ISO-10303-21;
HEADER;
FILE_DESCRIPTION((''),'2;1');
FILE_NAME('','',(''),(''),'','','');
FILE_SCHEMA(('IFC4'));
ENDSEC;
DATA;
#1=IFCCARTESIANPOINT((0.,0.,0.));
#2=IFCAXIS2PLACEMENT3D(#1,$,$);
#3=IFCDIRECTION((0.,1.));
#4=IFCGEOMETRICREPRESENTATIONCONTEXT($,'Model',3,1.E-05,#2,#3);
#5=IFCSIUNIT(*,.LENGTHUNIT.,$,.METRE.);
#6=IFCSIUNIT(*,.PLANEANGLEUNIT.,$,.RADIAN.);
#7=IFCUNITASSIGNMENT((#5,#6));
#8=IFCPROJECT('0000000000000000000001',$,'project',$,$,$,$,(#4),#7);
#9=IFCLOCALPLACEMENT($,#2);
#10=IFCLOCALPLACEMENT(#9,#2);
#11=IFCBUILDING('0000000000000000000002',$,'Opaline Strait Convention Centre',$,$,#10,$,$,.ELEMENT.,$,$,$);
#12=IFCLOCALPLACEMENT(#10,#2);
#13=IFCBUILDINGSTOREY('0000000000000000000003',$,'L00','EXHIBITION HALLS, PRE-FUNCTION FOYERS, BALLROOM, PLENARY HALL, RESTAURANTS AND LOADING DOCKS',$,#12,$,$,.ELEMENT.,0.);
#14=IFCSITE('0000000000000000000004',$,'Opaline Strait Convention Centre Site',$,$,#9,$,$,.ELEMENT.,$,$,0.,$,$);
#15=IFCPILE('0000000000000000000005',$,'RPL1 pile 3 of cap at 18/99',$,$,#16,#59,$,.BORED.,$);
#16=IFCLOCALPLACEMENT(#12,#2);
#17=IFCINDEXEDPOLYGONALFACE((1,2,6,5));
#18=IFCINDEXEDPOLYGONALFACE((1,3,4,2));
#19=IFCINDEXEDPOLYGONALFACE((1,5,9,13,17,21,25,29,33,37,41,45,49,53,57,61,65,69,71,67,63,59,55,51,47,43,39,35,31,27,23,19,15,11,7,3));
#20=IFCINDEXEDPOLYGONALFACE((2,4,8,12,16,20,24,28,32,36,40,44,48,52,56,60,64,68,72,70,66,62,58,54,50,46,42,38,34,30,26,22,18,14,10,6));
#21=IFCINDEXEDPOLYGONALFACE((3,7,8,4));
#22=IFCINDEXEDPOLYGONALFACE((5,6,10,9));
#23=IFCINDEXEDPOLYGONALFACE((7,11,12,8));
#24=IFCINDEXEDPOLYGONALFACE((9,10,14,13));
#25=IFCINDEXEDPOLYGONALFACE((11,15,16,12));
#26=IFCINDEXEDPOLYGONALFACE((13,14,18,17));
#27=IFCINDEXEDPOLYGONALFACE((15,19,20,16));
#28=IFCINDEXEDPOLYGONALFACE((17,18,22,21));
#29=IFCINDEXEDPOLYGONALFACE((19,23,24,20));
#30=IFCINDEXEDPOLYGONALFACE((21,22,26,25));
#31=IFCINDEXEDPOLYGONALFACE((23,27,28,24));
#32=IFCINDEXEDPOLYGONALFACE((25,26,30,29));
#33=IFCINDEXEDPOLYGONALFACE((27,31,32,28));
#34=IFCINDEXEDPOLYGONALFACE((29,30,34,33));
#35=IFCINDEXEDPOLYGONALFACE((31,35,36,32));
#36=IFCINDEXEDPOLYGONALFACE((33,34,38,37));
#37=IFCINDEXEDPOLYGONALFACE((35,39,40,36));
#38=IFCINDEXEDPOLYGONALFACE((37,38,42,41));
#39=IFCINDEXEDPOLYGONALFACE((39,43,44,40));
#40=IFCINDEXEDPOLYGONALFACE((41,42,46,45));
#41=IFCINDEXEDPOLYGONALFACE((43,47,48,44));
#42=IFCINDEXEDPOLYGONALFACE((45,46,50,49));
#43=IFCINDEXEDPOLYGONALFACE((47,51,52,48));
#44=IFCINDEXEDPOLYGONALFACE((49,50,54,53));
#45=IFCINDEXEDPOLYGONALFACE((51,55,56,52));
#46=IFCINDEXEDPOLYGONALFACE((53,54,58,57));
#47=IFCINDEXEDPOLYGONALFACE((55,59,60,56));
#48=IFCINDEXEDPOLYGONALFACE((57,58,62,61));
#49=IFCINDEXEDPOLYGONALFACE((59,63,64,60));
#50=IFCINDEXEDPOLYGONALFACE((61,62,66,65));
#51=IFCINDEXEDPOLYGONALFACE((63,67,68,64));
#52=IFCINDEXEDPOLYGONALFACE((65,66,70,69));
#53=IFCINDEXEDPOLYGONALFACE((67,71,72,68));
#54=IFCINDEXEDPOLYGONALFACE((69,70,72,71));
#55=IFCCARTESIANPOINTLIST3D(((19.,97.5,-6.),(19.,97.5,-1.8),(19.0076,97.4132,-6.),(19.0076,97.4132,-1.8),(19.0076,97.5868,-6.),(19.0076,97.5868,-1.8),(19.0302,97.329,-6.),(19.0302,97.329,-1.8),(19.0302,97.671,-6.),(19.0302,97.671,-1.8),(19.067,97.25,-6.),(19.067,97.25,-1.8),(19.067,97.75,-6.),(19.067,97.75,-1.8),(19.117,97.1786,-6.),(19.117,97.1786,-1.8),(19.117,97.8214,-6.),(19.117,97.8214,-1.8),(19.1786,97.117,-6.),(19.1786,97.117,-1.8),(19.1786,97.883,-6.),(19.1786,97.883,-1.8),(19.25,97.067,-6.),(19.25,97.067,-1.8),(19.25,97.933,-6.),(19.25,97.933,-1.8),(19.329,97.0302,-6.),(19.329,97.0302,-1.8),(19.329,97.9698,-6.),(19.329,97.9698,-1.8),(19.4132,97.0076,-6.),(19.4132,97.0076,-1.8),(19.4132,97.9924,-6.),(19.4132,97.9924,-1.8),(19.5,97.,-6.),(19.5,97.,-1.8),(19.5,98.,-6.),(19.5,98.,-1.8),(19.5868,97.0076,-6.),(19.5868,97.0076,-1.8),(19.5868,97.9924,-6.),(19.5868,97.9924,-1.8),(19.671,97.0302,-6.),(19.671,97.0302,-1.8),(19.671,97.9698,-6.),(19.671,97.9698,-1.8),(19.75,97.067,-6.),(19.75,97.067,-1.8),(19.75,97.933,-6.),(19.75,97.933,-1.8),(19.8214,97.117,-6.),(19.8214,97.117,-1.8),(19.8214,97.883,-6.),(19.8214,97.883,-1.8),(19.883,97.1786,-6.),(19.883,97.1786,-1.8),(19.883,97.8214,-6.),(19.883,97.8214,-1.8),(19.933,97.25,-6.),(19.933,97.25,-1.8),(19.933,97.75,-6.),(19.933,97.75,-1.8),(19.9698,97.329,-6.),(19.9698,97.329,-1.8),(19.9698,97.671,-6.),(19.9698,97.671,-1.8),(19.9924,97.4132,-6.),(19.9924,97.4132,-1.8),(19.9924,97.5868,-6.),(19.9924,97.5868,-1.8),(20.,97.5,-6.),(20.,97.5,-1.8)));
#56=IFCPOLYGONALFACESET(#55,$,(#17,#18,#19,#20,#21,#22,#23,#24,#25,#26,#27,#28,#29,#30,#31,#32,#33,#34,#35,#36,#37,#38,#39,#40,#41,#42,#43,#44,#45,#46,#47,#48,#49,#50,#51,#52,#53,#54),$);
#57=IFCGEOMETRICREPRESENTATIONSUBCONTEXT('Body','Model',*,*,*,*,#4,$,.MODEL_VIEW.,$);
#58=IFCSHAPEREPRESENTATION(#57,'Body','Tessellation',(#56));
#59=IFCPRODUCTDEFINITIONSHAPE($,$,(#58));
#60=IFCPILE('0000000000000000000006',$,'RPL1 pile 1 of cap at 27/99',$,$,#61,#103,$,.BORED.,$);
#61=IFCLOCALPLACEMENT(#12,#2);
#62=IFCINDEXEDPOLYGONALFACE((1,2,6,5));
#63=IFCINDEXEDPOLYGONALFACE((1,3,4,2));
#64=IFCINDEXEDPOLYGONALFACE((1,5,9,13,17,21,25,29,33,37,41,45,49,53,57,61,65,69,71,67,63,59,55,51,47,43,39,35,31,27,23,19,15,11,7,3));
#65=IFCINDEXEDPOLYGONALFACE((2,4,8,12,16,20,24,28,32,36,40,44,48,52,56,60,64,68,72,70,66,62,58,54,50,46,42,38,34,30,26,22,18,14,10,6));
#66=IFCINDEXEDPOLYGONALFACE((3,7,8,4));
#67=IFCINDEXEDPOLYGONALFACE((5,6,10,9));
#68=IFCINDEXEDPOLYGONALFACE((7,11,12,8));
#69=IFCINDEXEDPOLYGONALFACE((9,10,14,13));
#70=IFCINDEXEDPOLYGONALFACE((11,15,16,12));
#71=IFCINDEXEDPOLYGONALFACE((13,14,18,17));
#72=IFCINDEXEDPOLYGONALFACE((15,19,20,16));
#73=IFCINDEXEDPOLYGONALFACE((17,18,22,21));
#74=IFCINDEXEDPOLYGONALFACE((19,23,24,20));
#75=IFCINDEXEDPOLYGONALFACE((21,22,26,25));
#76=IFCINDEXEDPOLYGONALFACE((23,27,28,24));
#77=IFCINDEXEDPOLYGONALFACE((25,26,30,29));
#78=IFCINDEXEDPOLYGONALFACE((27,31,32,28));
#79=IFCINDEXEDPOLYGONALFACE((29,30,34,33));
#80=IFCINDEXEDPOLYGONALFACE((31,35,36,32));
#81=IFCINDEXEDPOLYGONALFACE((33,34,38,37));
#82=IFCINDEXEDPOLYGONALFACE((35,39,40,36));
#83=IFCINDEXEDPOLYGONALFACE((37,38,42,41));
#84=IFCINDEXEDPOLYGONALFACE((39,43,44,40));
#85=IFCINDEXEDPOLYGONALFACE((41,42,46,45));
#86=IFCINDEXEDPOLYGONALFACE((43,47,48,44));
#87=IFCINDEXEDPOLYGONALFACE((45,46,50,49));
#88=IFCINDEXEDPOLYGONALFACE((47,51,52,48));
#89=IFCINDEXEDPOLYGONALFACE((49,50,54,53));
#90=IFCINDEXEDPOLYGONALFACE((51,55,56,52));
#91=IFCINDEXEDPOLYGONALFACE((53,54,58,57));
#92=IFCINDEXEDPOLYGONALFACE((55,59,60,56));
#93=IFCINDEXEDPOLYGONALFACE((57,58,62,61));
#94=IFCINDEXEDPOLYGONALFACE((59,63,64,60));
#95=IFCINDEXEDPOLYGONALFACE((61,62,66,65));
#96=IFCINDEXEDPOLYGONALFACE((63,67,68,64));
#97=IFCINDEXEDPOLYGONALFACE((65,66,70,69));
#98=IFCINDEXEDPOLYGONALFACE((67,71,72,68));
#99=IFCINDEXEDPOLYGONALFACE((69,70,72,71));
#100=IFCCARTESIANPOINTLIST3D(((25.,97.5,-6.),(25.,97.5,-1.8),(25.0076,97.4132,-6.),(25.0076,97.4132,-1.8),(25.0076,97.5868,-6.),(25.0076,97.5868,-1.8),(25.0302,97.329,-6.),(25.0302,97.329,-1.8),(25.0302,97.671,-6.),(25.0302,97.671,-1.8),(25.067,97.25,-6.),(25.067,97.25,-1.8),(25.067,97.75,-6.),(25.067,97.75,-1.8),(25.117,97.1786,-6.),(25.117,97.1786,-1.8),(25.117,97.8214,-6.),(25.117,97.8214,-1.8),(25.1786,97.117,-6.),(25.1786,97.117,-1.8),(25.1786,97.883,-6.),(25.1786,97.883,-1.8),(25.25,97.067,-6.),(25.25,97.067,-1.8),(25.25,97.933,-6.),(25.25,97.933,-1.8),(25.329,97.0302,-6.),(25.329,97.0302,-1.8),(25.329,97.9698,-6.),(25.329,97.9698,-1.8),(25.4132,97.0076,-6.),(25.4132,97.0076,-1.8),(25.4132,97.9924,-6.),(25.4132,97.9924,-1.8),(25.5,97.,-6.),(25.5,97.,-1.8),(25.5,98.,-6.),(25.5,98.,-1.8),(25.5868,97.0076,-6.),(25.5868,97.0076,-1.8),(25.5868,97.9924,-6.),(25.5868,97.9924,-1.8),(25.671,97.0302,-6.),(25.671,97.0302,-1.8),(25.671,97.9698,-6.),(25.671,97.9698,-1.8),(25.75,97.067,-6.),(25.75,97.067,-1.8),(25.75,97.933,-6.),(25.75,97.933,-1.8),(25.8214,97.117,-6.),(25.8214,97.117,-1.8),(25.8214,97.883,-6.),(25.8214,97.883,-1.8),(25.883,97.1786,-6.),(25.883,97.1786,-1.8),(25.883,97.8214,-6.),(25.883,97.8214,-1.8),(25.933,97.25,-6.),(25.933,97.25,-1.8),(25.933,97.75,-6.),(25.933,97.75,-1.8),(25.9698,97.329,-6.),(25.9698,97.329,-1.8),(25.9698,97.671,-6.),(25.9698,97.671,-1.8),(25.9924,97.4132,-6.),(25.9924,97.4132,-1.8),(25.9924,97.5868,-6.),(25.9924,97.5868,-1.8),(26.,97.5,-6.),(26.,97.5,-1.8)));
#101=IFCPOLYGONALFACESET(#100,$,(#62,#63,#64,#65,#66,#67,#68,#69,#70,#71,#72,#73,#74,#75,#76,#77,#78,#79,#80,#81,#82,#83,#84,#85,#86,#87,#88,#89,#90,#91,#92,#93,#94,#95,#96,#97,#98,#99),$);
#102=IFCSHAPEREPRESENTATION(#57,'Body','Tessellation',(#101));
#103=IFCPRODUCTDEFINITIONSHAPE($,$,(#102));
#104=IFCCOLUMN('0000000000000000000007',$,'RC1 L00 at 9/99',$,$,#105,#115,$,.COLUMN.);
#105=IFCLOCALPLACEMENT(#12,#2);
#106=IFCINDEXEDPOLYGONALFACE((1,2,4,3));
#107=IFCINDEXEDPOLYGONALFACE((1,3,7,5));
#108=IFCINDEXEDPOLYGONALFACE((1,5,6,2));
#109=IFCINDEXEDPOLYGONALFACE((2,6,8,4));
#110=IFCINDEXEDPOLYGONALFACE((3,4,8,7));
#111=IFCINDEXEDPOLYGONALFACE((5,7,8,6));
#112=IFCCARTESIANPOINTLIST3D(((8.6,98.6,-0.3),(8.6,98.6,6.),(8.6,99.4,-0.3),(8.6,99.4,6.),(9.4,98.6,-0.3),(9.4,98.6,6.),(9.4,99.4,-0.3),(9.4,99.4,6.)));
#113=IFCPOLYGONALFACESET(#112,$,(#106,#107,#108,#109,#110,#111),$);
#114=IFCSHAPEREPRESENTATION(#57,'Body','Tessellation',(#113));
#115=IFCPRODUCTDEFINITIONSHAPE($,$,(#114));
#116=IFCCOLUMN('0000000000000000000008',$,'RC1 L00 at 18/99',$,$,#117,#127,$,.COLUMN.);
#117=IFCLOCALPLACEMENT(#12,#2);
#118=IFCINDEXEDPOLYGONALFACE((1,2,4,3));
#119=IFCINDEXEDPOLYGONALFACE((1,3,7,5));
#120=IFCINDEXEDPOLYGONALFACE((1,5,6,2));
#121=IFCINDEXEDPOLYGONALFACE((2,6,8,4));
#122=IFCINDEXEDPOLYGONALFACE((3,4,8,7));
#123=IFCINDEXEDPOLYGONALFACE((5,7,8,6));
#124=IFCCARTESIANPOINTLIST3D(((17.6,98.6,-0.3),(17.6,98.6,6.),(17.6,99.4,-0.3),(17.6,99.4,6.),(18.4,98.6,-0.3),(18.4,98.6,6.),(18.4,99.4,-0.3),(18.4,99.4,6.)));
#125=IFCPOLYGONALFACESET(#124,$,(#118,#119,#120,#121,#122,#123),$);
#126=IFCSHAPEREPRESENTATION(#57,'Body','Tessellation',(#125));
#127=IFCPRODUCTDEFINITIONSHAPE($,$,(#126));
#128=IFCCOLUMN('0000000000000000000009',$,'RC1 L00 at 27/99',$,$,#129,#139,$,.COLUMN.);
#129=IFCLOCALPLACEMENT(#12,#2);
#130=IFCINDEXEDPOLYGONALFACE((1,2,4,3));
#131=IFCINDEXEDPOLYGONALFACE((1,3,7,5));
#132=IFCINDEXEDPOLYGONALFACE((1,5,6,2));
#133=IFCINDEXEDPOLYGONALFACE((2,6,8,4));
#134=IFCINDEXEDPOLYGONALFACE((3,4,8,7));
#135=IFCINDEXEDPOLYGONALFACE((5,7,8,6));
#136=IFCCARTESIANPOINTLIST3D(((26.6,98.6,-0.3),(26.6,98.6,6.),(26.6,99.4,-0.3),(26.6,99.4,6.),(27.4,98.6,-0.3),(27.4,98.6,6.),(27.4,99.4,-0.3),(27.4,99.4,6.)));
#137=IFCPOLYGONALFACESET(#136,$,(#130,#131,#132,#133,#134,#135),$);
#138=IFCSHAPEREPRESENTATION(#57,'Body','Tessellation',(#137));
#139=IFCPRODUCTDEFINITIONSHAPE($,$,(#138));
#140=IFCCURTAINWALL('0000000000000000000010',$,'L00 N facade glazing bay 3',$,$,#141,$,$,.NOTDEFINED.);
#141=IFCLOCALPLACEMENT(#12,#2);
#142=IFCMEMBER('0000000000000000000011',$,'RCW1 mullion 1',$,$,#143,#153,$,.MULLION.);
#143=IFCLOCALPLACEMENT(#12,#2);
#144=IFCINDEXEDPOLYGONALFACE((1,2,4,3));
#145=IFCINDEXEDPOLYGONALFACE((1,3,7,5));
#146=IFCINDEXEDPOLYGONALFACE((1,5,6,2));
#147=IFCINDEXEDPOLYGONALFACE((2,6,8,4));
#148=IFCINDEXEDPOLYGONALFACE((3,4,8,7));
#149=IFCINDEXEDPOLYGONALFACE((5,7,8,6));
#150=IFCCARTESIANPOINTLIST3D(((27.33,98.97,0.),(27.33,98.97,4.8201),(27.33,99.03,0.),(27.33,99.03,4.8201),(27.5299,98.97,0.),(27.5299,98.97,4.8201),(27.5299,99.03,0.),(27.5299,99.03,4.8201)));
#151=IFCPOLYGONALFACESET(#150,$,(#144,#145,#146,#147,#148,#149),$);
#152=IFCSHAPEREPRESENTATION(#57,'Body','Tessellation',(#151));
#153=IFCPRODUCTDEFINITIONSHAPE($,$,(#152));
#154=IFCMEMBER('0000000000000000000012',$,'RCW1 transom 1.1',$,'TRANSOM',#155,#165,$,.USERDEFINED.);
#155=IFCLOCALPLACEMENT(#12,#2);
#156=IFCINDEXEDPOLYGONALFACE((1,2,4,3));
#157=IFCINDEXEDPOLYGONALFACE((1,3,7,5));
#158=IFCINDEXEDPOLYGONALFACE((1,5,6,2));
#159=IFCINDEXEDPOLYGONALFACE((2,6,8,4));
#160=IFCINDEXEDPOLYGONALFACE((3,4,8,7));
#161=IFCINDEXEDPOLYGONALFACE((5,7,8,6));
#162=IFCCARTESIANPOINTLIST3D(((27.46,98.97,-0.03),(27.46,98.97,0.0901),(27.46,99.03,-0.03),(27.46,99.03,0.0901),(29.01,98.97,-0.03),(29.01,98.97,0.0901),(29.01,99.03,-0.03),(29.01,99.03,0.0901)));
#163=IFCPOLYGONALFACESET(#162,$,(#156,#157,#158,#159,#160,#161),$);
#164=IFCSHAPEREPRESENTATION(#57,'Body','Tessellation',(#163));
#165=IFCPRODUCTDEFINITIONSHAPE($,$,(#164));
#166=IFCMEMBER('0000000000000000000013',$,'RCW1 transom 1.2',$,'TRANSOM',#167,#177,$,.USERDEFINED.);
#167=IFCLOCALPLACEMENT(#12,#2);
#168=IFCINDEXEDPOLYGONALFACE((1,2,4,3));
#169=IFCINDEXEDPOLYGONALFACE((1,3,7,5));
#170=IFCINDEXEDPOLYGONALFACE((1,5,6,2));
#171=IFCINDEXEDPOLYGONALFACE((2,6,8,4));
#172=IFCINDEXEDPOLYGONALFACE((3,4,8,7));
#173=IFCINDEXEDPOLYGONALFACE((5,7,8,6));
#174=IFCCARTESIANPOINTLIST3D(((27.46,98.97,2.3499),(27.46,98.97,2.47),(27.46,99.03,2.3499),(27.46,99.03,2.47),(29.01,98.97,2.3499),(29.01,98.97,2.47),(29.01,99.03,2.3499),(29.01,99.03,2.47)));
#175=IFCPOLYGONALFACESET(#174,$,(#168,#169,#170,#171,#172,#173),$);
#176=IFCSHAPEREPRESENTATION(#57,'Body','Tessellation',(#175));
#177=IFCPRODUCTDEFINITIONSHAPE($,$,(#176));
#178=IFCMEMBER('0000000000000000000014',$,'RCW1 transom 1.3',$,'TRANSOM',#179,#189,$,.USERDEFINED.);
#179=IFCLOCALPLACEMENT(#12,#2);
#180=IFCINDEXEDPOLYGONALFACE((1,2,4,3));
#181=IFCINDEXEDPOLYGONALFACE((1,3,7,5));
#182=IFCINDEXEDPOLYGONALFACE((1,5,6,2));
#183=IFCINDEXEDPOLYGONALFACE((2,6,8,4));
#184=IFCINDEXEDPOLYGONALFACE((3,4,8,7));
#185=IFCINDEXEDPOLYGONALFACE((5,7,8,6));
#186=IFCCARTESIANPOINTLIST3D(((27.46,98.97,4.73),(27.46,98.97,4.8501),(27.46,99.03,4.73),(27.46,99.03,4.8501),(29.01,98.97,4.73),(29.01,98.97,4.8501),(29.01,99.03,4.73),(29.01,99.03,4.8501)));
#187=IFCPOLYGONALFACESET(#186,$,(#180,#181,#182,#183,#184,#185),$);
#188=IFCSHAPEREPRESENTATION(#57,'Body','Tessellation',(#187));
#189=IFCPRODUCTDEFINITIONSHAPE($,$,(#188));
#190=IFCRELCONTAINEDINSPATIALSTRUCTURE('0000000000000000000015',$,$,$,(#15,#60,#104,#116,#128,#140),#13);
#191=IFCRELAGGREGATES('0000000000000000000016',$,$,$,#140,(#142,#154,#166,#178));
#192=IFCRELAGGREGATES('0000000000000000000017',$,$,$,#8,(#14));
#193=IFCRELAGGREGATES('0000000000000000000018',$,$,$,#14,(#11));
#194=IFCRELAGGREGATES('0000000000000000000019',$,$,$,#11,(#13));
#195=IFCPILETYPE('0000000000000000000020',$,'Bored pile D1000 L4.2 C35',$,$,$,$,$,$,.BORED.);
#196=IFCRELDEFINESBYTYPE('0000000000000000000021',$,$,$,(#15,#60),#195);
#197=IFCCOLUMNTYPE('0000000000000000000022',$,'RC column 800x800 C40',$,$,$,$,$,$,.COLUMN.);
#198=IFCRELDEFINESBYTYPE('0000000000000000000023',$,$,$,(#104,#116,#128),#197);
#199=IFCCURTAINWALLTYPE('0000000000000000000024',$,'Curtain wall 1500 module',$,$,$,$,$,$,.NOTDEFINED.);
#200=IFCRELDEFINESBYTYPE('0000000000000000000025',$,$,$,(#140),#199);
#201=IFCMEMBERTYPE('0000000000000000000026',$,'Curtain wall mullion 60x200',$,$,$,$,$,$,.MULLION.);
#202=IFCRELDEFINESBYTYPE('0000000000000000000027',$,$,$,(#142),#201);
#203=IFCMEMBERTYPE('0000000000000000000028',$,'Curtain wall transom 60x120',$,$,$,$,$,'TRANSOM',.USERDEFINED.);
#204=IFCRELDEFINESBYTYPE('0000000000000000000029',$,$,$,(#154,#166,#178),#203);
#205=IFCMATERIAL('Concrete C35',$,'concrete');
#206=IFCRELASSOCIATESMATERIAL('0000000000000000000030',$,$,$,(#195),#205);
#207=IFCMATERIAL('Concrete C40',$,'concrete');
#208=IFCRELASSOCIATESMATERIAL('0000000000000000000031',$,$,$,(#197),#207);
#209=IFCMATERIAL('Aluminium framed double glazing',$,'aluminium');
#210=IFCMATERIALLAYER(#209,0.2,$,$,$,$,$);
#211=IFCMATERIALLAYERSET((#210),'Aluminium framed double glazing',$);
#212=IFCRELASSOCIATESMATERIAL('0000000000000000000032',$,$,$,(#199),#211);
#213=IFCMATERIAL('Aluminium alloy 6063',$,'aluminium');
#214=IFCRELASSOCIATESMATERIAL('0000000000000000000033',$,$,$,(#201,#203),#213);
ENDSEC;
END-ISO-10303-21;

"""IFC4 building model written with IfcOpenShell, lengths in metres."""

from ifc_helpers import new_model, si_unit, direction, frame, origin, origin_2d, place, context, subcontext, project, spatial, rectangle, circle, extrude, material, layer, layer_set, material_profile, profile_set, type_object, element, aggregate, save


model = new_model("IFC4")

# Units and contexts
model_context = context("Model", 3, precision=1e-05, world=origin(), true_north=direction((0.0, 1.0)))
body_context = subcontext(model_context, "Body", "Model", "MODEL_VIEW")
ifc_project = project(units=[si_unit("LENGTHUNIT", "METRE"), si_unit("PLANEANGLEUNIT", "RADIAN")], contexts=[model_context])

# Site, building, storey
site_placement = place(None, origin())
site = spatial("IfcSite", under=ifc_project, at=site_placement, Name="Opaline Strait Convention Centre Site", CompositionType="ELEMENT", RefElevation=0.0)
building_placement = place(site_placement, origin())
building = spatial("IfcBuilding", under=site, at=building_placement, Name="Opaline Strait Convention Centre", CompositionType="ELEMENT")
storey_placement = place(building_placement, origin())
storey = spatial("IfcBuildingStorey", under=building, at=storey_placement, Name="L00", Description="EXHIBITION HALLS, PRE-FUNCTION FOYERS, BALLROOM, PLENARY HALL, RESTAURANTS AND LOADING DOCKS", CompositionType="ELEMENT", Elevation=0.0)

# Piles
ifc_material_1 = material(Name="Concrete C35", Category="concrete")
ifc_material_profile_1 = material_profile(ifc_material_1, circle(Radius=0.5, at=origin_2d()), Name="D1000")
ifc_profile_set_1 = profile_set([ifc_material_profile_1], Name="Concrete C35")
pile_type = type_object("IfcPileType", Name="Bored pile D1000 L4.2 C35", PredefinedType="BORED", material=ifc_profile_set_1)
for number, where, z_axis, x_axis, name in (
    (1, (19.5, 97.5, -1.8), (0.0, 0.0, -1.0), (1.0, 0.0, 0.0), "RPL1 pile 3 of cap at 18/99"),
    (2, (25.5, 97.5, -1.8), (0.0, 0.0, -1.0), (1.0, 0.0, 0.0), "RPL1 pile 1 of cap at 27/99"),
):
    element("IfcPile", number, at=place(storey_placement, frame(where, z_axis=z_axis, x_axis=x_axis)), inside=storey, type_object=pile_type, Name=name, PredefinedType="BORED", context=body_context, shape_type="SweptSolid", body=[
        extrude(circle(Radius=0.5, at=origin_2d()), origin(), (0.0, 0.0, 1.0), 4.2),
    ])

# Columns
ifc_material_2 = material(Name="Concrete C40", Category="concrete")
ifc_material_profile_2 = material_profile(ifc_material_2, rectangle(XDim=0.8, YDim=0.8, at=origin_2d()), Name="RC 800x800")
ifc_profile_set_2 = profile_set([ifc_material_profile_2], Name="Concrete C40")
column_type = type_object("IfcColumnType", Name="RC column 800x800 C40", PredefinedType="COLUMN", material=ifc_profile_set_2)
for number, where, z_axis, x_axis, name in (
    (3, (9.0, 99.0, -0.3), (0.0, 0.0, 1.0), (1.0, 0.0, 0.0), "RC1 L00 at 9/99"),
    (4, (18.0, 99.0, -0.3), (0.0, 0.0, 1.0), (1.0, 0.0, 0.0), "RC1 L00 at 18/99"),
    (5, (27.0, 99.0, -0.3), (0.0, 0.0, 1.0), (1.0, 0.0, 0.0), "RC1 L00 at 27/99"),
):
    element("IfcColumn", number, at=place(storey_placement, frame(where, z_axis=z_axis, x_axis=x_axis)), inside=storey, type_object=column_type, Name=name, PredefinedType="COLUMN", context=body_context, shape_type="SweptSolid", body=[
        extrude(rectangle(XDim=0.8, YDim=0.8, at=origin_2d()), origin(), (0.0, 0.0, 1.0), 6.3),
    ])

# Curtain wall, members
ifc_material_3 = material(Name="Aluminium framed double glazing", Category="aluminium")
ifc_layer_1 = layer(ifc_material_3, 0.2)
ifc_layer_set_1 = layer_set([ifc_layer_1], Name="Aluminium framed double glazing")
curtain_wall_type = type_object("IfcCurtainWallType", Name="Curtain wall 1500 module", PredefinedType="NOTDEFINED", material=ifc_layer_set_1)
curtain_wall_placement = place(storey_placement, origin())
curtain_wall = element("IfcCurtainWall", 6, at=curtain_wall_placement, inside=storey, type_object=curtain_wall_type, Name="L00 N facade glazing bay 3", PredefinedType="NOTDEFINED")
ifc_material_4 = material(Name="Aluminium alloy 6063", Category="aluminium")
ifc_material_profile_3 = material_profile(ifc_material_4, rectangle(XDim=0.0601, YDim=0.2, at=origin_2d()), Name="Curtain wall mullion 60x200")
ifc_profile_set_3 = profile_set([ifc_material_profile_3], Name="Aluminium alloy 6063")
member_type_1 = type_object("IfcMemberType", Name="Curtain wall mullion 60x200", PredefinedType="MULLION", material=ifc_profile_set_3)
member_1_placement = place(storey_placement, frame((27.4299, 99.0, 0.0), z_axis=(0.0, 0.0, 1.0), x_axis=(0.0, 1.0, 0.0)))
member_1 = element("IfcMember", 7, at=member_1_placement, type_object=member_type_1, Name="RCW1 mullion 1", PredefinedType="MULLION", context=body_context, shape_type="SweptSolid", body=[
    extrude(rectangle(XDim=0.0601, YDim=0.2, at=origin_2d()), origin(), (0.0, 0.0, 1.0), 4.8201),
])
ifc_material_profile_4 = material_profile(ifc_material_4, rectangle(XDim=0.0601, YDim=0.1201, at=origin_2d()), Name="Curtain wall transom 60x120")
ifc_profile_set_4 = profile_set([ifc_material_profile_4], Name="Aluminium alloy 6063")
member_type_2 = type_object("IfcMemberType", Name="Curtain wall transom 60x120", ElementType="TRANSOM", PredefinedType="USERDEFINED", material=ifc_profile_set_4)
member_2_placement = place(storey_placement, frame((27.46, 99.0, 0.03), z_axis=(1.0, 0.0, 0.0), x_axis=(0.0, 1.0, 0.0)))
member_2 = element("IfcMember", 8, at=member_2_placement, type_object=member_type_2, Name="RCW1 transom 1.1", ObjectType="TRANSOM", PredefinedType="USERDEFINED", context=body_context, shape_type="SweptSolid", body=[
    extrude(rectangle(XDim=0.0601, YDim=0.1201, at=origin_2d()), origin(), (0.0, 0.0, 1.0), 1.55),
])
member_3_placement = place(storey_placement, frame((27.46, 99.0, 2.4099), z_axis=(1.0, 0.0, 0.0), x_axis=(0.0, 1.0, 0.0)))
member_3 = element("IfcMember", 9, at=member_3_placement, type_object=member_type_2, Name="RCW1 transom 1.2", ObjectType="TRANSOM", PredefinedType="USERDEFINED", context=body_context, shape_type="SweptSolid", body=[
    extrude(rectangle(XDim=0.0601, YDim=0.1201, at=origin_2d()), origin(), (0.0, 0.0, 1.0), 1.55),
])
member_4_placement = place(storey_placement, frame((27.46, 99.0, 4.79), z_axis=(1.0, 0.0, 0.0), x_axis=(0.0, 1.0, 0.0)))
member_4 = element("IfcMember", 10, at=member_4_placement, type_object=member_type_2, Name="RCW1 transom 1.3", ObjectType="TRANSOM", PredefinedType="USERDEFINED", context=body_context, shape_type="SweptSolid", body=[
    extrude(rectangle(XDim=0.0601, YDim=0.1201, at=origin_2d()), origin(), (0.0, 0.0, 1.0), 1.55),
])
aggregate(curtain_wall, [member_1, member_2, member_3, member_4])

save(model, "model.ifc")
